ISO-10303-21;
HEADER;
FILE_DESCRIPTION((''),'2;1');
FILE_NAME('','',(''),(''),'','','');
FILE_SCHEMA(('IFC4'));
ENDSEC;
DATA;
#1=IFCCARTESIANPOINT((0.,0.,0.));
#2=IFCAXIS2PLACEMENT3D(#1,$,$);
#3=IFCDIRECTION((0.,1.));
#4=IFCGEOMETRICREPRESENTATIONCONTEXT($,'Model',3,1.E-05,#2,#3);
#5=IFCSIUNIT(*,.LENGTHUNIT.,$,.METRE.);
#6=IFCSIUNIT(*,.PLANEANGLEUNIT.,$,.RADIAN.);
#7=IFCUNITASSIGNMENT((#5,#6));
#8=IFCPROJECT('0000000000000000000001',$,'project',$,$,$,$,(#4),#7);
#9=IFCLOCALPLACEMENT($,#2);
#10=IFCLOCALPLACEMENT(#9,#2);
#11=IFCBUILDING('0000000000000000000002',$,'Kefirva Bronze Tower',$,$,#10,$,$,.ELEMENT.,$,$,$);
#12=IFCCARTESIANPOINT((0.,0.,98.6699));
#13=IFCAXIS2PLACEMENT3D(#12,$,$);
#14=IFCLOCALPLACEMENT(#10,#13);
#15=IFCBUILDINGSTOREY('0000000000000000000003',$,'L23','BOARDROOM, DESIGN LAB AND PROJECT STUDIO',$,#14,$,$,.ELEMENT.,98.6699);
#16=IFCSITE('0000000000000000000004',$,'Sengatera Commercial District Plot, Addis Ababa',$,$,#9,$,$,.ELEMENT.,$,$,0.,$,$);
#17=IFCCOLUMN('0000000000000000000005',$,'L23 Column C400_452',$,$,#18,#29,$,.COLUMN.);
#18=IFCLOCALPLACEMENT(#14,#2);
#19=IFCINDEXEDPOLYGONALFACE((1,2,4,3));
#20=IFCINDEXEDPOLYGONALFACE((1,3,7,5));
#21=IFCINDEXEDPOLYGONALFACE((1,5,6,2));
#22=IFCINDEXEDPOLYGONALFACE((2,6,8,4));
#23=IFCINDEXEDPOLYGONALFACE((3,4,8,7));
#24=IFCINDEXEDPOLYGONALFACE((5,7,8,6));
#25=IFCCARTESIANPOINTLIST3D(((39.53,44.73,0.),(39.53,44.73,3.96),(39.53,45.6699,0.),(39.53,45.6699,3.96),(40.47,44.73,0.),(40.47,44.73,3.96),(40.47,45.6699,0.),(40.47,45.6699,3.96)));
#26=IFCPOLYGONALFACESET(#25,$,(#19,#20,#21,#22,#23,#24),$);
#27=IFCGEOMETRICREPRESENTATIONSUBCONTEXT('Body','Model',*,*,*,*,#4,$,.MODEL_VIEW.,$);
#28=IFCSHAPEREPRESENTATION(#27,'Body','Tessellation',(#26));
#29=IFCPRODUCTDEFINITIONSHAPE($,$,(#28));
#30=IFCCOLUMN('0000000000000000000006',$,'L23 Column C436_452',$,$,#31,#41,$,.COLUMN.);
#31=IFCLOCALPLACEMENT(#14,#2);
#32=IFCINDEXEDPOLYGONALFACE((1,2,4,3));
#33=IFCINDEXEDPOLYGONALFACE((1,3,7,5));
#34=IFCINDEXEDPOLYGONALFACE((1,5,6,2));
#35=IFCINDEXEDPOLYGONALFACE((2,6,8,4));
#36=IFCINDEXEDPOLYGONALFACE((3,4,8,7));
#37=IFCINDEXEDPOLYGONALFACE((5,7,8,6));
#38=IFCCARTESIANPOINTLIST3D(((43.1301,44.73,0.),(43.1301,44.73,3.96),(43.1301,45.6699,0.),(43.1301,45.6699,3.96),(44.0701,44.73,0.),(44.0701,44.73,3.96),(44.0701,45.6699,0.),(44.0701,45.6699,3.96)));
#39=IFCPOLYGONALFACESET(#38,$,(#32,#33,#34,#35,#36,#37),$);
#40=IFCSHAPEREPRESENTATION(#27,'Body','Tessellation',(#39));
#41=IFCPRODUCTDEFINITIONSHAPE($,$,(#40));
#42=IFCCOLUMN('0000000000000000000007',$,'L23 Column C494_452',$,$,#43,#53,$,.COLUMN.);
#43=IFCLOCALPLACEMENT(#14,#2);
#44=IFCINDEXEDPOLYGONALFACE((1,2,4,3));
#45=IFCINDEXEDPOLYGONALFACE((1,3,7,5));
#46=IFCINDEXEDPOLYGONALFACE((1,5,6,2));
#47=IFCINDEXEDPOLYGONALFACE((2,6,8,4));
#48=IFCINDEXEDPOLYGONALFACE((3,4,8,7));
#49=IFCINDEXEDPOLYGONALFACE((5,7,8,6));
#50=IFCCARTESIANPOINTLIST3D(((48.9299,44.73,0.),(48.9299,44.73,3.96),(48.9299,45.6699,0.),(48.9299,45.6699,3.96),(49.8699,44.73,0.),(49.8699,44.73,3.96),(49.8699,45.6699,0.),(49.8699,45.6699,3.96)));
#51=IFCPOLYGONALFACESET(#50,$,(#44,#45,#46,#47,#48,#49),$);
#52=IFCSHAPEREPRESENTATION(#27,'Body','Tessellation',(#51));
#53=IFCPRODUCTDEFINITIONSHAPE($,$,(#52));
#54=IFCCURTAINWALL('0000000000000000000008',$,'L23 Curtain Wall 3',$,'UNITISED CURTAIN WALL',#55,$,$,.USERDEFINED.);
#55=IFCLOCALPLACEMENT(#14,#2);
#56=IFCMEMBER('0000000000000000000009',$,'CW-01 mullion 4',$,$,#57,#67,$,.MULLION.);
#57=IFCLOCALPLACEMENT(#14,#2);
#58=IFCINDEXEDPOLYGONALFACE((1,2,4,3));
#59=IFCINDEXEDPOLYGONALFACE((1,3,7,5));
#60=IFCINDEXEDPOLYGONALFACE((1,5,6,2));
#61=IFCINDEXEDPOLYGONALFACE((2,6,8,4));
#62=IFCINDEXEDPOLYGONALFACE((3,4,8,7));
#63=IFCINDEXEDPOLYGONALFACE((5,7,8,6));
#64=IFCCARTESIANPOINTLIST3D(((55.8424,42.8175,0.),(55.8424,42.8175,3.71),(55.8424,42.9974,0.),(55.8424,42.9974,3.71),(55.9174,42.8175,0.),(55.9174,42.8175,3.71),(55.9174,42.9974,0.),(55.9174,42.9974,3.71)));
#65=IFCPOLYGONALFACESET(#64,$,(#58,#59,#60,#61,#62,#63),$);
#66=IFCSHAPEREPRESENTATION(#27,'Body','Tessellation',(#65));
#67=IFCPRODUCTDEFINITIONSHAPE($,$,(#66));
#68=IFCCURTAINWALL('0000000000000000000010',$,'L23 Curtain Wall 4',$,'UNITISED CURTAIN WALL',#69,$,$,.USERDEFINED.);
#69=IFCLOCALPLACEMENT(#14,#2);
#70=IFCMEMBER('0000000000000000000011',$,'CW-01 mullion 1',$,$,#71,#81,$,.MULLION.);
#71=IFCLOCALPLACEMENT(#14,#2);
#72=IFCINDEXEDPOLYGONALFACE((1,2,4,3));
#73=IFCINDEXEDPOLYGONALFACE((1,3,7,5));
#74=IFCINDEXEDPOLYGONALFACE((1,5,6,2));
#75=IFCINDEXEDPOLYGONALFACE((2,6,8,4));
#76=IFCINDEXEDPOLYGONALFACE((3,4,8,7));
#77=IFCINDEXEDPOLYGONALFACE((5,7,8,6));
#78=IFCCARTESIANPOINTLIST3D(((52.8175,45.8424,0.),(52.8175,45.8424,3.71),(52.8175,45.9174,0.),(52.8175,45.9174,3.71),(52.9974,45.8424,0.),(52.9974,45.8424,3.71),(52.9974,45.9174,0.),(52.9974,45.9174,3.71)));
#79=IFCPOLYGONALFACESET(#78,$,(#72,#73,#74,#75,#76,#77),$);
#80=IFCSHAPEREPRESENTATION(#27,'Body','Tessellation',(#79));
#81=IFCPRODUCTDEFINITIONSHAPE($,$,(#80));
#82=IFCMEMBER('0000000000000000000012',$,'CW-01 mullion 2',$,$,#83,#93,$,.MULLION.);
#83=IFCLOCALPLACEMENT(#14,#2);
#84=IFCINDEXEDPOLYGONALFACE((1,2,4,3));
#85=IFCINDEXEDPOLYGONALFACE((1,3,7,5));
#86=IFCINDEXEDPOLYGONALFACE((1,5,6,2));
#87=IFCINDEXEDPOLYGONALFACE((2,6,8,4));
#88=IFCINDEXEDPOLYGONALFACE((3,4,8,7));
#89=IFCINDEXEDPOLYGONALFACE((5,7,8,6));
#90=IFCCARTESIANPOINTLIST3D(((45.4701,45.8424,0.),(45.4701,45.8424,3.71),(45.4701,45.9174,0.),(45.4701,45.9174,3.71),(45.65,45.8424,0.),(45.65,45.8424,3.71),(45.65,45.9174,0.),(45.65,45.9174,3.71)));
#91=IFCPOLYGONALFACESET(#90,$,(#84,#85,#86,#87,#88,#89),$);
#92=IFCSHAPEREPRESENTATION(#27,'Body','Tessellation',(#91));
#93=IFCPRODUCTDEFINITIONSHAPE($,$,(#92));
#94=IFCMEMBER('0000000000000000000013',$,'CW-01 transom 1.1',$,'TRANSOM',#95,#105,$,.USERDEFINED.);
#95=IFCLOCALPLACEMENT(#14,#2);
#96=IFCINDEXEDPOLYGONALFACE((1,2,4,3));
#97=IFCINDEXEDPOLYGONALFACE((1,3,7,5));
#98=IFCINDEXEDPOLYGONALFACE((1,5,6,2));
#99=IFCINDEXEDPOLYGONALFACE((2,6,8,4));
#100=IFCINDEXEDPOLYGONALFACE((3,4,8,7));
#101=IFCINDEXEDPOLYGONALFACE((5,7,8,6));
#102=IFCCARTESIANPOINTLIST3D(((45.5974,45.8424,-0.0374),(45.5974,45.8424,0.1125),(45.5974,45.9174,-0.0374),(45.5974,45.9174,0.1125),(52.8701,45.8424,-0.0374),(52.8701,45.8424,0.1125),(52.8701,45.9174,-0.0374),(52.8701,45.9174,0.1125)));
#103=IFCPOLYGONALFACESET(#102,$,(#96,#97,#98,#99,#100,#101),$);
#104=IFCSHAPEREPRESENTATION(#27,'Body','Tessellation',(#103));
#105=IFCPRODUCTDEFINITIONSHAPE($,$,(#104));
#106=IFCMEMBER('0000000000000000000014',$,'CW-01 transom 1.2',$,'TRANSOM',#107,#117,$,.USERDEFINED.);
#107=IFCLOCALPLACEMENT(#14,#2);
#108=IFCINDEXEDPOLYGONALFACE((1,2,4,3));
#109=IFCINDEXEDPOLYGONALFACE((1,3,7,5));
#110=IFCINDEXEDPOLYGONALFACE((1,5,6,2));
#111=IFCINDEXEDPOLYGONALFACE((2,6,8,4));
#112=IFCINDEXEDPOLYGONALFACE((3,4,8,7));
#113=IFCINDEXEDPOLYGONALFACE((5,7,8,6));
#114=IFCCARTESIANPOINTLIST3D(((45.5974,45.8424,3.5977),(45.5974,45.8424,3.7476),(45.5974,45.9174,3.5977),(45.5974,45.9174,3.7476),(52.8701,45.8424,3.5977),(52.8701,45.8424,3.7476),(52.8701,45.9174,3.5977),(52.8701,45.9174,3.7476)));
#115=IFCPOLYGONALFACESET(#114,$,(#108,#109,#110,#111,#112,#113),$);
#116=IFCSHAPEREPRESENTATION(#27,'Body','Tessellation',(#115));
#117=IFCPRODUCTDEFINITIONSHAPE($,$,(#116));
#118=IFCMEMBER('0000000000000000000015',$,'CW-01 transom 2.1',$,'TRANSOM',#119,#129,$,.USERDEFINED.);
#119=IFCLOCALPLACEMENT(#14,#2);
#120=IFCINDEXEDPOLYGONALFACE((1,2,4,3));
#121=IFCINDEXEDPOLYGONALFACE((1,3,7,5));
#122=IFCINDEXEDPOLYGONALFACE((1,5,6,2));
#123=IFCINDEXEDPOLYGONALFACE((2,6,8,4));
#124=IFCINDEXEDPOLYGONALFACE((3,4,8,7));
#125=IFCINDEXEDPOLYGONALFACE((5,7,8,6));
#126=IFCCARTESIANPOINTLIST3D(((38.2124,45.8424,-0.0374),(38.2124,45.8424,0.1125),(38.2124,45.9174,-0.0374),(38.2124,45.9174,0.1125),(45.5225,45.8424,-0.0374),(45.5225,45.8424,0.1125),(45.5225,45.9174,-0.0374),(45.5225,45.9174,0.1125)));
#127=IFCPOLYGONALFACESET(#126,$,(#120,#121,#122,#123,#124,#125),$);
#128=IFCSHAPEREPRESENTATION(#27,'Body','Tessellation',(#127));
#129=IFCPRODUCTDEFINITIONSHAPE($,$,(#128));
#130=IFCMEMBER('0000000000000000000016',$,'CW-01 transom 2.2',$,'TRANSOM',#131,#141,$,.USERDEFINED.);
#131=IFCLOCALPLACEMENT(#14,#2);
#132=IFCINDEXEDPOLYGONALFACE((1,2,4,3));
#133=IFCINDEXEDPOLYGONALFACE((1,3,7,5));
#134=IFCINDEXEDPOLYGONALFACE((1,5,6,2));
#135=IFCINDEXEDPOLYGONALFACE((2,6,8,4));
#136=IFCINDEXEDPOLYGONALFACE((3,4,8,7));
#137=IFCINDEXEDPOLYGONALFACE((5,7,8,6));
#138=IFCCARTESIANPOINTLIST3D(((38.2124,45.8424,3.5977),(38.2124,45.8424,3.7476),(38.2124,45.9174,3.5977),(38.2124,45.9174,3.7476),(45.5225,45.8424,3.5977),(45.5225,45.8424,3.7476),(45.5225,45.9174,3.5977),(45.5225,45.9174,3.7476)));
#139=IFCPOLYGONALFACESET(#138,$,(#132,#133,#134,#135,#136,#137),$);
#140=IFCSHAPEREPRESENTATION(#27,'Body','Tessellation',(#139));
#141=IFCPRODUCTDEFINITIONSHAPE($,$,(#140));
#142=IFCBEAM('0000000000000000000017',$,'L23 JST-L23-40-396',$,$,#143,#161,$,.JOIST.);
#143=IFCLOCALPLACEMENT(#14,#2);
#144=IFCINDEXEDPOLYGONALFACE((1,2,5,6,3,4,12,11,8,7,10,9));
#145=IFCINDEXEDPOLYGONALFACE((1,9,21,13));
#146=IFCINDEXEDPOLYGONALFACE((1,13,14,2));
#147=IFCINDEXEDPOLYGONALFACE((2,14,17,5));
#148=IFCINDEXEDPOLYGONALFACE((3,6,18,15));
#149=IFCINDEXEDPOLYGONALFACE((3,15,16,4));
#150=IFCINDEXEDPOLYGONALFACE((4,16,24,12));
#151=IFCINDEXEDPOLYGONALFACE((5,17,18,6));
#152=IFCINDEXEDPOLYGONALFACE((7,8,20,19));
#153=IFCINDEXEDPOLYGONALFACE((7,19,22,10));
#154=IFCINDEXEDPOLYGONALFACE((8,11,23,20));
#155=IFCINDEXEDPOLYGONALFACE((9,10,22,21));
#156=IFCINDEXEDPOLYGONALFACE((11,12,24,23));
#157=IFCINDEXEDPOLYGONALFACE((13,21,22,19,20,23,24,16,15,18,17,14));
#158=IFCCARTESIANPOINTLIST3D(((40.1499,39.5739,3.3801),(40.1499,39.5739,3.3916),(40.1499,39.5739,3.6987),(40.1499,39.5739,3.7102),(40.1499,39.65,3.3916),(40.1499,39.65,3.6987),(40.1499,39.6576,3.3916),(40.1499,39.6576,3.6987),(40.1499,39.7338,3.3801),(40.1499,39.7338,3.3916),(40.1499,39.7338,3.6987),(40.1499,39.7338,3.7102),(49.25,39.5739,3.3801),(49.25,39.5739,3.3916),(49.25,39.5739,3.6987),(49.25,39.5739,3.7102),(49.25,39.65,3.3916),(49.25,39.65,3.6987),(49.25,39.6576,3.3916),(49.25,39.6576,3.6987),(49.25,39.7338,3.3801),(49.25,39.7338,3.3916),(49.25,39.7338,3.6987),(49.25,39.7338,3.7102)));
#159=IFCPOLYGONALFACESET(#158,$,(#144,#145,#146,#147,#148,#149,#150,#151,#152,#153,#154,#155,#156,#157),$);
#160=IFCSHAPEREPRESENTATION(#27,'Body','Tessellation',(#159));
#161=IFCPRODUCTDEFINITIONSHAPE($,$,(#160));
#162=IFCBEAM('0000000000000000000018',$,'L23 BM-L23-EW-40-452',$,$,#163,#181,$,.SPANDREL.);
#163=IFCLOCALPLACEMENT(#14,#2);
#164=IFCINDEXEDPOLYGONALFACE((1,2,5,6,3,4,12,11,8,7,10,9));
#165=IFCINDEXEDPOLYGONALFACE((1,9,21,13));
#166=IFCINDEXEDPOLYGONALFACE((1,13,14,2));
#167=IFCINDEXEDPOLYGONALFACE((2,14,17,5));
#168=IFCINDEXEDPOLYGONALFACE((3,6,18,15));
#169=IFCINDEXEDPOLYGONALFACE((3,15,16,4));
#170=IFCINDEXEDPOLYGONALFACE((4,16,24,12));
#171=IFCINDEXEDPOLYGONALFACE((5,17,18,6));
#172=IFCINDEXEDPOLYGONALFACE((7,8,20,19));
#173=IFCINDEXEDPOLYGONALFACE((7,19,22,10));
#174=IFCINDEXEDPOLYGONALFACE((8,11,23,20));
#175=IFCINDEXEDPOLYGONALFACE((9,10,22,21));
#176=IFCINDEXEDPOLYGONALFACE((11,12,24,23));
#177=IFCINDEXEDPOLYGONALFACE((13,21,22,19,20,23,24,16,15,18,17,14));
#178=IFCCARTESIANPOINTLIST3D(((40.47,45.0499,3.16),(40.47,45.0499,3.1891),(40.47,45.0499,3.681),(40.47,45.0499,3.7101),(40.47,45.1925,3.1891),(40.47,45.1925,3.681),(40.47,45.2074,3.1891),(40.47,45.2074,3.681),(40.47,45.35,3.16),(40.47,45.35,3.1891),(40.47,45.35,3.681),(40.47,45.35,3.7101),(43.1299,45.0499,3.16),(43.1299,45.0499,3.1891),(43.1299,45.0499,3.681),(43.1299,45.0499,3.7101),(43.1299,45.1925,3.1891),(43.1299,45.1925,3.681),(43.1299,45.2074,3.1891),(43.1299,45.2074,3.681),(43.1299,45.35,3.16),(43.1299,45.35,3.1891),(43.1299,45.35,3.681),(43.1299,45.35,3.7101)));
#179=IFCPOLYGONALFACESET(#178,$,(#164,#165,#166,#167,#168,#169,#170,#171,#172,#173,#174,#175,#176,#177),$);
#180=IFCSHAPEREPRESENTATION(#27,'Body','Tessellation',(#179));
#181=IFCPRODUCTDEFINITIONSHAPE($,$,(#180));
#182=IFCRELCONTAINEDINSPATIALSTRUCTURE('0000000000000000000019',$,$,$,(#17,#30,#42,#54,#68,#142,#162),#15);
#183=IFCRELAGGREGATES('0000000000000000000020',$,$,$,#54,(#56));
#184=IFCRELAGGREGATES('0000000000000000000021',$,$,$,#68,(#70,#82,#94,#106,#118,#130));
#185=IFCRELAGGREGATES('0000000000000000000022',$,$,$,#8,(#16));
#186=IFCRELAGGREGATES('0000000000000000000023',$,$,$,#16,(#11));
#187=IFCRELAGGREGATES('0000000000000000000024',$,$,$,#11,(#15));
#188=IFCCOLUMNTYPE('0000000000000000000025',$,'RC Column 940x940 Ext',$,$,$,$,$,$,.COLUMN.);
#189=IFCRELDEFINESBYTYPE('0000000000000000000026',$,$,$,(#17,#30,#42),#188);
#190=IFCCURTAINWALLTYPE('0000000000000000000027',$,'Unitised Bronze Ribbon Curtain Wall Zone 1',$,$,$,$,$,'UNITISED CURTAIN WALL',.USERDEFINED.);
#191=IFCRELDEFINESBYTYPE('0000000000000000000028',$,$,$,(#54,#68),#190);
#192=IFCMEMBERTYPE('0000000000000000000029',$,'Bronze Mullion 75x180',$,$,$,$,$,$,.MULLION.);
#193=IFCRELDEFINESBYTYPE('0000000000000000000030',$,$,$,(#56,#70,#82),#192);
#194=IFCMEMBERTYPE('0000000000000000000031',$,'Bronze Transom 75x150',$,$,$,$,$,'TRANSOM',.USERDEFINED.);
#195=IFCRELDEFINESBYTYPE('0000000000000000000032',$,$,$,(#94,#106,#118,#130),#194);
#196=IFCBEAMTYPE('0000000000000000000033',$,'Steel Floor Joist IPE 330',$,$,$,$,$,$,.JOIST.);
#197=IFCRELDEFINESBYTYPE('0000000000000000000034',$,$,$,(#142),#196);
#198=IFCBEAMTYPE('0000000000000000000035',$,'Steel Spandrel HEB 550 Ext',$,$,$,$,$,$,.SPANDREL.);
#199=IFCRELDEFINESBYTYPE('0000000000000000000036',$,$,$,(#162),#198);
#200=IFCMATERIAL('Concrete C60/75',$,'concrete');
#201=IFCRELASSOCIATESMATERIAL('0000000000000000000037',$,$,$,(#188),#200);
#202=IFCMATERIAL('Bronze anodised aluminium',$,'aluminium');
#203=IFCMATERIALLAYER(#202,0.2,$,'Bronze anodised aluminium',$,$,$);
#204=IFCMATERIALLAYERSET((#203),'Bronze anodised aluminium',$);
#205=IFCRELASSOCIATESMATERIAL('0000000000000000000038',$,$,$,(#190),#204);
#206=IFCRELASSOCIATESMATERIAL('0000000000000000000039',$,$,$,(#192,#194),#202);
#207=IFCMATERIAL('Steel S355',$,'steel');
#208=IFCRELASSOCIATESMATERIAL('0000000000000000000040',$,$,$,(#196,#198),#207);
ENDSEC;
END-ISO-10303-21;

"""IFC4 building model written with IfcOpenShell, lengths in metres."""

from ifc_helpers import new_model, si_unit, direction, frame, origin, origin_2d, place, context, subcontext, project, spatial, rectangle, i_section, extrude, material, layer, layer_set, material_profile, profile_set, type_object, element, aggregate, save


model = new_model("IFC4")

# Units and contexts
model_context = context("Model", 3, precision=1e-05, world=origin(), true_north=direction((0.0, 1.0)))
body_context = subcontext(model_context, "Body", "Model", "MODEL_VIEW")
ifc_project = project(units=[si_unit("LENGTHUNIT", "METRE"), si_unit("PLANEANGLEUNIT", "RADIAN")], contexts=[model_context])

# Site, building, storey
site_placement = place(None, origin())
site = spatial("IfcSite", under=ifc_project, at=site_placement, Name="Sengatera Commercial District Plot, Addis Ababa", CompositionType="ELEMENT", RefElevation=0.0)
building_placement = place(site_placement, origin())
building = spatial("IfcBuilding", under=site, at=building_placement, Name="Kefirva Bronze Tower", CompositionType="ELEMENT")
storey_placement = place(building_placement, frame((0.0, 0.0, 98.6699)))
storey = spatial("IfcBuildingStorey", under=building, at=storey_placement, Name="L23", Description="BOARDROOM, DESIGN LAB AND PROJECT STUDIO", CompositionType="ELEMENT", Elevation=98.6699)

# Columns
ifc_material_1 = material(Name="Concrete C60/75", Category="concrete")
ifc_material_profile_1 = material_profile(ifc_material_1, rectangle(XDim=0.9399, YDim=0.9399, at=origin_2d()), Name="RC 940x940")
ifc_profile_set_1 = profile_set([ifc_material_profile_1], Name="Concrete C60/75")
column_type = type_object("IfcColumnType", Name="RC Column 940x940 Ext", PredefinedType="COLUMN", material=ifc_profile_set_1)
for number, where, z_axis, x_axis, name in (
    (1, (40.0, 45.2, 0.0), (0.0, 0.0, 1.0), (1.0, 0.0, 0.0), "L23 Column C400_452"),
    (2, (43.6001, 45.2, 0.0), (0.0, 0.0, 1.0), (1.0, 0.0, 0.0), "L23 Column C436_452"),
    (3, (49.3999, 45.2, 0.0), (0.0, 0.0, 1.0), (1.0, 0.0, 0.0), "L23 Column C494_452"),
):
    element("IfcColumn", number, at=place(storey_placement, frame(where, z_axis=z_axis, x_axis=x_axis)), inside=storey, type_object=column_type, Name=name, PredefinedType="COLUMN", context=body_context, shape_type="SweptSolid", body=[
        extrude(rectangle(XDim=0.9399, YDim=0.9399, at=origin_2d()), origin(), (0.0, 0.0, 1.0), 3.96),
    ])

# Curtain wall, member
ifc_material_2 = material(Name="Bronze anodised aluminium", Category="aluminium")
ifc_layer_1 = layer(ifc_material_2, 0.2, Name="Bronze anodised aluminium")
ifc_layer_set_1 = layer_set([ifc_layer_1], Name="Bronze anodised aluminium")
curtain_wall_type = type_object("IfcCurtainWallType", Name="Unitised Bronze Ribbon Curtain Wall Zone 1", ElementType="UNITISED CURTAIN WALL", PredefinedType="USERDEFINED", material=ifc_layer_set_1)
curtain_wall_1_placement = place(storey_placement, origin())
curtain_wall_1 = element("IfcCurtainWall", 4, at=curtain_wall_1_placement, inside=storey, type_object=curtain_wall_type, Name="L23 Curtain Wall 3", ObjectType="UNITISED CURTAIN WALL", PredefinedType="USERDEFINED")
ifc_material_profile_2 = material_profile(ifc_material_2, rectangle(XDim=0.075, YDim=0.1799, at=origin_2d()), Name="ALU 75x180")
ifc_profile_set_2 = profile_set([ifc_material_profile_2], Name="Bronze anodised aluminium")
member_type_1 = type_object("IfcMemberType", Name="Bronze Mullion 75x180", PredefinedType="MULLION", material=ifc_profile_set_2)
member_1_placement = place(storey_placement, frame((55.8799, 42.9075, 0.0), z_axis=(0.0, 0.0, 1.0), x_axis=(-1.0, 0.0, 0.0)))
member_1 = element("IfcMember", 5, at=member_1_placement, type_object=member_type_1, Name="CW-01 mullion 4", PredefinedType="MULLION", context=body_context, shape_type="SweptSolid", body=[
    extrude(rectangle(XDim=0.075, YDim=0.1799, at=origin_2d()), origin(), (0.0, 0.0, 1.0), 3.71),
])

# Curtain wall, members
curtain_wall_2_placement = place(storey_placement, origin())
curtain_wall_2 = element("IfcCurtainWall", 6, at=curtain_wall_2_placement, inside=storey, type_object=curtain_wall_type, Name="L23 Curtain Wall 4", ObjectType="UNITISED CURTAIN WALL", PredefinedType="USERDEFINED")
member_2_placement = place(storey_placement, frame((52.9075, 45.8799, 0.0), z_axis=(0.0, 0.0, 1.0), x_axis=(0.0, -1.0, 0.0)))
member_2 = element("IfcMember", 7, at=member_2_placement, type_object=member_type_1, Name="CW-01 mullion 1", PredefinedType="MULLION", context=body_context, shape_type="SweptSolid", body=[
    extrude(rectangle(XDim=0.075, YDim=0.1799, at=origin_2d()), origin(), (0.0, 0.0, 1.0), 3.71),
])
member_3_placement = place(storey_placement, frame((45.5601, 45.8799, 0.0), z_axis=(0.0, 0.0, 1.0), x_axis=(0.0, -1.0, 0.0)))
member_3 = element("IfcMember", 8, at=member_3_placement, type_object=member_type_1, Name="CW-01 mullion 2", PredefinedType="MULLION", context=body_context, shape_type="SweptSolid", body=[
    extrude(rectangle(XDim=0.075, YDim=0.1799, at=origin_2d()), origin(), (0.0, 0.0, 1.0), 3.71),
])
ifc_material_profile_3 = material_profile(ifc_material_2, rectangle(XDim=0.075, YDim=0.1499, at=origin_2d()), Name="ALU 75x150")
ifc_profile_set_3 = profile_set([ifc_material_profile_3], Name="Bronze anodised aluminium")
member_type_2 = type_object("IfcMemberType", Name="Bronze Transom 75x150", ElementType="TRANSOM", PredefinedType="USERDEFINED", material=ifc_profile_set_3)
member_4_placement = place(storey_placement, frame((52.8701, 45.8799, 0.0376), z_axis=(-1.0, 0.0, 0.0), x_axis=(0.0, -1.0, 0.0)))
member_4 = element("IfcMember", 9, at=member_4_placement, type_object=member_type_2, Name="CW-01 transom 1.1", ObjectType="TRANSOM", PredefinedType="USERDEFINED", context=body_context, shape_type="SweptSolid", body=[
    extrude(rectangle(XDim=0.075, YDim=0.1499, at=origin_2d()), origin(), (0.0, 0.0, 1.0), 7.2727),
])
member_5_placement = place(storey_placement, frame((52.8701, 45.8799, 3.6726), z_axis=(-1.0, 0.0, 0.0), x_axis=(0.0, -1.0, 0.0)))
member_5 = element("IfcMember", 10, at=member_5_placement, type_object=member_type_2, Name="CW-01 transom 1.2", ObjectType="TRANSOM", PredefinedType="USERDEFINED", context=body_context, shape_type="SweptSolid", body=[
    extrude(rectangle(XDim=0.075, YDim=0.1499, at=origin_2d()), origin(), (0.0, 0.0, 1.0), 7.2727),
])
member_6_placement = place(storey_placement, frame((45.5225, 45.8799, 0.0376), z_axis=(-1.0, 0.0, 0.0), x_axis=(0.0, -1.0, 0.0)))
member_6 = element("IfcMember", 11, at=member_6_placement, type_object=member_type_2, Name="CW-01 transom 2.1", ObjectType="TRANSOM", PredefinedType="USERDEFINED", context=body_context, shape_type="SweptSolid", body=[
    extrude(rectangle(XDim=0.075, YDim=0.1499, at=origin_2d()), origin(), (0.0, 0.0, 1.0), 7.3101),
])
member_7_placement = place(storey_placement, frame((45.5225, 45.8799, 3.6726), z_axis=(-1.0, 0.0, 0.0), x_axis=(0.0, -1.0, 0.0)))
member_7 = element("IfcMember", 12, at=member_7_placement, type_object=member_type_2, Name="CW-01 transom 2.2", ObjectType="TRANSOM", PredefinedType="USERDEFINED", context=body_context, shape_type="SweptSolid", body=[
    extrude(rectangle(XDim=0.075, YDim=0.1499, at=origin_2d()), origin(), (0.0, 0.0, 1.0), 7.3101),
])

# Beams
ifc_material_3 = material(Name="Steel S355", Category="steel")
ifc_material_profile_4 = material_profile(ifc_material_3, i_section(OverallWidth=0.1599, OverallDepth=0.3301, WebThickness=0.0076, FlangeThickness=0.0115, at=origin_2d()), Name="IPE 330")
ifc_profile_set_4 = profile_set([ifc_material_profile_4], Name="Steel S355")
beam_type_1 = type_object("IfcBeamType", Name="Steel Floor Joist IPE 330", PredefinedType="JOIST", material=ifc_profile_set_4)
beam_1_placement = place(storey_placement, frame((40.1499, 39.6538, 3.5452), z_axis=(1.0, 0.0, 0.0), x_axis=(0.0, 1.0, 0.0)))
element("IfcBeam", 13, at=beam_1_placement, inside=storey, type_object=beam_type_1, Name="L23 JST-L23-40-396", PredefinedType="JOIST", context=body_context, shape_type="SweptSolid", body=[
    extrude(i_section(OverallWidth=0.1599, OverallDepth=0.3301, WebThickness=0.0076, FlangeThickness=0.0115, at=origin_2d()), origin(), (0.0, 0.0, 1.0), 9.1001),
])
ifc_material_profile_5 = material_profile(ifc_material_3, i_section(OverallWidth=0.3, OverallDepth=0.55, WebThickness=0.0149, FlangeThickness=0.0291, at=origin_2d()), Name="HEB 550")
ifc_profile_set_5 = profile_set([ifc_material_profile_5], Name="Steel S355")
beam_type_2 = type_object("IfcBeamType", Name="Steel Spandrel HEB 550 Ext", PredefinedType="SPANDREL", material=ifc_profile_set_5)
beam_2_placement = place(storey_placement, frame((40.47, 45.2, 3.4351), z_axis=(1.0, 0.0, 0.0), x_axis=(0.0, 1.0, 0.0)))
element("IfcBeam", 14, at=beam_2_placement, inside=storey, type_object=beam_type_2, Name="L23 BM-L23-EW-40-452", PredefinedType="SPANDREL", context=body_context, shape_type="SweptSolid", body=[
    extrude(i_section(OverallWidth=0.3, OverallDepth=0.55, WebThickness=0.0149, FlangeThickness=0.0291, at=origin_2d()), origin(), (0.0, 0.0, 1.0), 2.6599),
])

aggregate(curtain_wall_1, [member_1])
aggregate(curtain_wall_2, [member_2, member_3, member_4, member_5, member_6, member_7])

save(model, "model.ifc")
